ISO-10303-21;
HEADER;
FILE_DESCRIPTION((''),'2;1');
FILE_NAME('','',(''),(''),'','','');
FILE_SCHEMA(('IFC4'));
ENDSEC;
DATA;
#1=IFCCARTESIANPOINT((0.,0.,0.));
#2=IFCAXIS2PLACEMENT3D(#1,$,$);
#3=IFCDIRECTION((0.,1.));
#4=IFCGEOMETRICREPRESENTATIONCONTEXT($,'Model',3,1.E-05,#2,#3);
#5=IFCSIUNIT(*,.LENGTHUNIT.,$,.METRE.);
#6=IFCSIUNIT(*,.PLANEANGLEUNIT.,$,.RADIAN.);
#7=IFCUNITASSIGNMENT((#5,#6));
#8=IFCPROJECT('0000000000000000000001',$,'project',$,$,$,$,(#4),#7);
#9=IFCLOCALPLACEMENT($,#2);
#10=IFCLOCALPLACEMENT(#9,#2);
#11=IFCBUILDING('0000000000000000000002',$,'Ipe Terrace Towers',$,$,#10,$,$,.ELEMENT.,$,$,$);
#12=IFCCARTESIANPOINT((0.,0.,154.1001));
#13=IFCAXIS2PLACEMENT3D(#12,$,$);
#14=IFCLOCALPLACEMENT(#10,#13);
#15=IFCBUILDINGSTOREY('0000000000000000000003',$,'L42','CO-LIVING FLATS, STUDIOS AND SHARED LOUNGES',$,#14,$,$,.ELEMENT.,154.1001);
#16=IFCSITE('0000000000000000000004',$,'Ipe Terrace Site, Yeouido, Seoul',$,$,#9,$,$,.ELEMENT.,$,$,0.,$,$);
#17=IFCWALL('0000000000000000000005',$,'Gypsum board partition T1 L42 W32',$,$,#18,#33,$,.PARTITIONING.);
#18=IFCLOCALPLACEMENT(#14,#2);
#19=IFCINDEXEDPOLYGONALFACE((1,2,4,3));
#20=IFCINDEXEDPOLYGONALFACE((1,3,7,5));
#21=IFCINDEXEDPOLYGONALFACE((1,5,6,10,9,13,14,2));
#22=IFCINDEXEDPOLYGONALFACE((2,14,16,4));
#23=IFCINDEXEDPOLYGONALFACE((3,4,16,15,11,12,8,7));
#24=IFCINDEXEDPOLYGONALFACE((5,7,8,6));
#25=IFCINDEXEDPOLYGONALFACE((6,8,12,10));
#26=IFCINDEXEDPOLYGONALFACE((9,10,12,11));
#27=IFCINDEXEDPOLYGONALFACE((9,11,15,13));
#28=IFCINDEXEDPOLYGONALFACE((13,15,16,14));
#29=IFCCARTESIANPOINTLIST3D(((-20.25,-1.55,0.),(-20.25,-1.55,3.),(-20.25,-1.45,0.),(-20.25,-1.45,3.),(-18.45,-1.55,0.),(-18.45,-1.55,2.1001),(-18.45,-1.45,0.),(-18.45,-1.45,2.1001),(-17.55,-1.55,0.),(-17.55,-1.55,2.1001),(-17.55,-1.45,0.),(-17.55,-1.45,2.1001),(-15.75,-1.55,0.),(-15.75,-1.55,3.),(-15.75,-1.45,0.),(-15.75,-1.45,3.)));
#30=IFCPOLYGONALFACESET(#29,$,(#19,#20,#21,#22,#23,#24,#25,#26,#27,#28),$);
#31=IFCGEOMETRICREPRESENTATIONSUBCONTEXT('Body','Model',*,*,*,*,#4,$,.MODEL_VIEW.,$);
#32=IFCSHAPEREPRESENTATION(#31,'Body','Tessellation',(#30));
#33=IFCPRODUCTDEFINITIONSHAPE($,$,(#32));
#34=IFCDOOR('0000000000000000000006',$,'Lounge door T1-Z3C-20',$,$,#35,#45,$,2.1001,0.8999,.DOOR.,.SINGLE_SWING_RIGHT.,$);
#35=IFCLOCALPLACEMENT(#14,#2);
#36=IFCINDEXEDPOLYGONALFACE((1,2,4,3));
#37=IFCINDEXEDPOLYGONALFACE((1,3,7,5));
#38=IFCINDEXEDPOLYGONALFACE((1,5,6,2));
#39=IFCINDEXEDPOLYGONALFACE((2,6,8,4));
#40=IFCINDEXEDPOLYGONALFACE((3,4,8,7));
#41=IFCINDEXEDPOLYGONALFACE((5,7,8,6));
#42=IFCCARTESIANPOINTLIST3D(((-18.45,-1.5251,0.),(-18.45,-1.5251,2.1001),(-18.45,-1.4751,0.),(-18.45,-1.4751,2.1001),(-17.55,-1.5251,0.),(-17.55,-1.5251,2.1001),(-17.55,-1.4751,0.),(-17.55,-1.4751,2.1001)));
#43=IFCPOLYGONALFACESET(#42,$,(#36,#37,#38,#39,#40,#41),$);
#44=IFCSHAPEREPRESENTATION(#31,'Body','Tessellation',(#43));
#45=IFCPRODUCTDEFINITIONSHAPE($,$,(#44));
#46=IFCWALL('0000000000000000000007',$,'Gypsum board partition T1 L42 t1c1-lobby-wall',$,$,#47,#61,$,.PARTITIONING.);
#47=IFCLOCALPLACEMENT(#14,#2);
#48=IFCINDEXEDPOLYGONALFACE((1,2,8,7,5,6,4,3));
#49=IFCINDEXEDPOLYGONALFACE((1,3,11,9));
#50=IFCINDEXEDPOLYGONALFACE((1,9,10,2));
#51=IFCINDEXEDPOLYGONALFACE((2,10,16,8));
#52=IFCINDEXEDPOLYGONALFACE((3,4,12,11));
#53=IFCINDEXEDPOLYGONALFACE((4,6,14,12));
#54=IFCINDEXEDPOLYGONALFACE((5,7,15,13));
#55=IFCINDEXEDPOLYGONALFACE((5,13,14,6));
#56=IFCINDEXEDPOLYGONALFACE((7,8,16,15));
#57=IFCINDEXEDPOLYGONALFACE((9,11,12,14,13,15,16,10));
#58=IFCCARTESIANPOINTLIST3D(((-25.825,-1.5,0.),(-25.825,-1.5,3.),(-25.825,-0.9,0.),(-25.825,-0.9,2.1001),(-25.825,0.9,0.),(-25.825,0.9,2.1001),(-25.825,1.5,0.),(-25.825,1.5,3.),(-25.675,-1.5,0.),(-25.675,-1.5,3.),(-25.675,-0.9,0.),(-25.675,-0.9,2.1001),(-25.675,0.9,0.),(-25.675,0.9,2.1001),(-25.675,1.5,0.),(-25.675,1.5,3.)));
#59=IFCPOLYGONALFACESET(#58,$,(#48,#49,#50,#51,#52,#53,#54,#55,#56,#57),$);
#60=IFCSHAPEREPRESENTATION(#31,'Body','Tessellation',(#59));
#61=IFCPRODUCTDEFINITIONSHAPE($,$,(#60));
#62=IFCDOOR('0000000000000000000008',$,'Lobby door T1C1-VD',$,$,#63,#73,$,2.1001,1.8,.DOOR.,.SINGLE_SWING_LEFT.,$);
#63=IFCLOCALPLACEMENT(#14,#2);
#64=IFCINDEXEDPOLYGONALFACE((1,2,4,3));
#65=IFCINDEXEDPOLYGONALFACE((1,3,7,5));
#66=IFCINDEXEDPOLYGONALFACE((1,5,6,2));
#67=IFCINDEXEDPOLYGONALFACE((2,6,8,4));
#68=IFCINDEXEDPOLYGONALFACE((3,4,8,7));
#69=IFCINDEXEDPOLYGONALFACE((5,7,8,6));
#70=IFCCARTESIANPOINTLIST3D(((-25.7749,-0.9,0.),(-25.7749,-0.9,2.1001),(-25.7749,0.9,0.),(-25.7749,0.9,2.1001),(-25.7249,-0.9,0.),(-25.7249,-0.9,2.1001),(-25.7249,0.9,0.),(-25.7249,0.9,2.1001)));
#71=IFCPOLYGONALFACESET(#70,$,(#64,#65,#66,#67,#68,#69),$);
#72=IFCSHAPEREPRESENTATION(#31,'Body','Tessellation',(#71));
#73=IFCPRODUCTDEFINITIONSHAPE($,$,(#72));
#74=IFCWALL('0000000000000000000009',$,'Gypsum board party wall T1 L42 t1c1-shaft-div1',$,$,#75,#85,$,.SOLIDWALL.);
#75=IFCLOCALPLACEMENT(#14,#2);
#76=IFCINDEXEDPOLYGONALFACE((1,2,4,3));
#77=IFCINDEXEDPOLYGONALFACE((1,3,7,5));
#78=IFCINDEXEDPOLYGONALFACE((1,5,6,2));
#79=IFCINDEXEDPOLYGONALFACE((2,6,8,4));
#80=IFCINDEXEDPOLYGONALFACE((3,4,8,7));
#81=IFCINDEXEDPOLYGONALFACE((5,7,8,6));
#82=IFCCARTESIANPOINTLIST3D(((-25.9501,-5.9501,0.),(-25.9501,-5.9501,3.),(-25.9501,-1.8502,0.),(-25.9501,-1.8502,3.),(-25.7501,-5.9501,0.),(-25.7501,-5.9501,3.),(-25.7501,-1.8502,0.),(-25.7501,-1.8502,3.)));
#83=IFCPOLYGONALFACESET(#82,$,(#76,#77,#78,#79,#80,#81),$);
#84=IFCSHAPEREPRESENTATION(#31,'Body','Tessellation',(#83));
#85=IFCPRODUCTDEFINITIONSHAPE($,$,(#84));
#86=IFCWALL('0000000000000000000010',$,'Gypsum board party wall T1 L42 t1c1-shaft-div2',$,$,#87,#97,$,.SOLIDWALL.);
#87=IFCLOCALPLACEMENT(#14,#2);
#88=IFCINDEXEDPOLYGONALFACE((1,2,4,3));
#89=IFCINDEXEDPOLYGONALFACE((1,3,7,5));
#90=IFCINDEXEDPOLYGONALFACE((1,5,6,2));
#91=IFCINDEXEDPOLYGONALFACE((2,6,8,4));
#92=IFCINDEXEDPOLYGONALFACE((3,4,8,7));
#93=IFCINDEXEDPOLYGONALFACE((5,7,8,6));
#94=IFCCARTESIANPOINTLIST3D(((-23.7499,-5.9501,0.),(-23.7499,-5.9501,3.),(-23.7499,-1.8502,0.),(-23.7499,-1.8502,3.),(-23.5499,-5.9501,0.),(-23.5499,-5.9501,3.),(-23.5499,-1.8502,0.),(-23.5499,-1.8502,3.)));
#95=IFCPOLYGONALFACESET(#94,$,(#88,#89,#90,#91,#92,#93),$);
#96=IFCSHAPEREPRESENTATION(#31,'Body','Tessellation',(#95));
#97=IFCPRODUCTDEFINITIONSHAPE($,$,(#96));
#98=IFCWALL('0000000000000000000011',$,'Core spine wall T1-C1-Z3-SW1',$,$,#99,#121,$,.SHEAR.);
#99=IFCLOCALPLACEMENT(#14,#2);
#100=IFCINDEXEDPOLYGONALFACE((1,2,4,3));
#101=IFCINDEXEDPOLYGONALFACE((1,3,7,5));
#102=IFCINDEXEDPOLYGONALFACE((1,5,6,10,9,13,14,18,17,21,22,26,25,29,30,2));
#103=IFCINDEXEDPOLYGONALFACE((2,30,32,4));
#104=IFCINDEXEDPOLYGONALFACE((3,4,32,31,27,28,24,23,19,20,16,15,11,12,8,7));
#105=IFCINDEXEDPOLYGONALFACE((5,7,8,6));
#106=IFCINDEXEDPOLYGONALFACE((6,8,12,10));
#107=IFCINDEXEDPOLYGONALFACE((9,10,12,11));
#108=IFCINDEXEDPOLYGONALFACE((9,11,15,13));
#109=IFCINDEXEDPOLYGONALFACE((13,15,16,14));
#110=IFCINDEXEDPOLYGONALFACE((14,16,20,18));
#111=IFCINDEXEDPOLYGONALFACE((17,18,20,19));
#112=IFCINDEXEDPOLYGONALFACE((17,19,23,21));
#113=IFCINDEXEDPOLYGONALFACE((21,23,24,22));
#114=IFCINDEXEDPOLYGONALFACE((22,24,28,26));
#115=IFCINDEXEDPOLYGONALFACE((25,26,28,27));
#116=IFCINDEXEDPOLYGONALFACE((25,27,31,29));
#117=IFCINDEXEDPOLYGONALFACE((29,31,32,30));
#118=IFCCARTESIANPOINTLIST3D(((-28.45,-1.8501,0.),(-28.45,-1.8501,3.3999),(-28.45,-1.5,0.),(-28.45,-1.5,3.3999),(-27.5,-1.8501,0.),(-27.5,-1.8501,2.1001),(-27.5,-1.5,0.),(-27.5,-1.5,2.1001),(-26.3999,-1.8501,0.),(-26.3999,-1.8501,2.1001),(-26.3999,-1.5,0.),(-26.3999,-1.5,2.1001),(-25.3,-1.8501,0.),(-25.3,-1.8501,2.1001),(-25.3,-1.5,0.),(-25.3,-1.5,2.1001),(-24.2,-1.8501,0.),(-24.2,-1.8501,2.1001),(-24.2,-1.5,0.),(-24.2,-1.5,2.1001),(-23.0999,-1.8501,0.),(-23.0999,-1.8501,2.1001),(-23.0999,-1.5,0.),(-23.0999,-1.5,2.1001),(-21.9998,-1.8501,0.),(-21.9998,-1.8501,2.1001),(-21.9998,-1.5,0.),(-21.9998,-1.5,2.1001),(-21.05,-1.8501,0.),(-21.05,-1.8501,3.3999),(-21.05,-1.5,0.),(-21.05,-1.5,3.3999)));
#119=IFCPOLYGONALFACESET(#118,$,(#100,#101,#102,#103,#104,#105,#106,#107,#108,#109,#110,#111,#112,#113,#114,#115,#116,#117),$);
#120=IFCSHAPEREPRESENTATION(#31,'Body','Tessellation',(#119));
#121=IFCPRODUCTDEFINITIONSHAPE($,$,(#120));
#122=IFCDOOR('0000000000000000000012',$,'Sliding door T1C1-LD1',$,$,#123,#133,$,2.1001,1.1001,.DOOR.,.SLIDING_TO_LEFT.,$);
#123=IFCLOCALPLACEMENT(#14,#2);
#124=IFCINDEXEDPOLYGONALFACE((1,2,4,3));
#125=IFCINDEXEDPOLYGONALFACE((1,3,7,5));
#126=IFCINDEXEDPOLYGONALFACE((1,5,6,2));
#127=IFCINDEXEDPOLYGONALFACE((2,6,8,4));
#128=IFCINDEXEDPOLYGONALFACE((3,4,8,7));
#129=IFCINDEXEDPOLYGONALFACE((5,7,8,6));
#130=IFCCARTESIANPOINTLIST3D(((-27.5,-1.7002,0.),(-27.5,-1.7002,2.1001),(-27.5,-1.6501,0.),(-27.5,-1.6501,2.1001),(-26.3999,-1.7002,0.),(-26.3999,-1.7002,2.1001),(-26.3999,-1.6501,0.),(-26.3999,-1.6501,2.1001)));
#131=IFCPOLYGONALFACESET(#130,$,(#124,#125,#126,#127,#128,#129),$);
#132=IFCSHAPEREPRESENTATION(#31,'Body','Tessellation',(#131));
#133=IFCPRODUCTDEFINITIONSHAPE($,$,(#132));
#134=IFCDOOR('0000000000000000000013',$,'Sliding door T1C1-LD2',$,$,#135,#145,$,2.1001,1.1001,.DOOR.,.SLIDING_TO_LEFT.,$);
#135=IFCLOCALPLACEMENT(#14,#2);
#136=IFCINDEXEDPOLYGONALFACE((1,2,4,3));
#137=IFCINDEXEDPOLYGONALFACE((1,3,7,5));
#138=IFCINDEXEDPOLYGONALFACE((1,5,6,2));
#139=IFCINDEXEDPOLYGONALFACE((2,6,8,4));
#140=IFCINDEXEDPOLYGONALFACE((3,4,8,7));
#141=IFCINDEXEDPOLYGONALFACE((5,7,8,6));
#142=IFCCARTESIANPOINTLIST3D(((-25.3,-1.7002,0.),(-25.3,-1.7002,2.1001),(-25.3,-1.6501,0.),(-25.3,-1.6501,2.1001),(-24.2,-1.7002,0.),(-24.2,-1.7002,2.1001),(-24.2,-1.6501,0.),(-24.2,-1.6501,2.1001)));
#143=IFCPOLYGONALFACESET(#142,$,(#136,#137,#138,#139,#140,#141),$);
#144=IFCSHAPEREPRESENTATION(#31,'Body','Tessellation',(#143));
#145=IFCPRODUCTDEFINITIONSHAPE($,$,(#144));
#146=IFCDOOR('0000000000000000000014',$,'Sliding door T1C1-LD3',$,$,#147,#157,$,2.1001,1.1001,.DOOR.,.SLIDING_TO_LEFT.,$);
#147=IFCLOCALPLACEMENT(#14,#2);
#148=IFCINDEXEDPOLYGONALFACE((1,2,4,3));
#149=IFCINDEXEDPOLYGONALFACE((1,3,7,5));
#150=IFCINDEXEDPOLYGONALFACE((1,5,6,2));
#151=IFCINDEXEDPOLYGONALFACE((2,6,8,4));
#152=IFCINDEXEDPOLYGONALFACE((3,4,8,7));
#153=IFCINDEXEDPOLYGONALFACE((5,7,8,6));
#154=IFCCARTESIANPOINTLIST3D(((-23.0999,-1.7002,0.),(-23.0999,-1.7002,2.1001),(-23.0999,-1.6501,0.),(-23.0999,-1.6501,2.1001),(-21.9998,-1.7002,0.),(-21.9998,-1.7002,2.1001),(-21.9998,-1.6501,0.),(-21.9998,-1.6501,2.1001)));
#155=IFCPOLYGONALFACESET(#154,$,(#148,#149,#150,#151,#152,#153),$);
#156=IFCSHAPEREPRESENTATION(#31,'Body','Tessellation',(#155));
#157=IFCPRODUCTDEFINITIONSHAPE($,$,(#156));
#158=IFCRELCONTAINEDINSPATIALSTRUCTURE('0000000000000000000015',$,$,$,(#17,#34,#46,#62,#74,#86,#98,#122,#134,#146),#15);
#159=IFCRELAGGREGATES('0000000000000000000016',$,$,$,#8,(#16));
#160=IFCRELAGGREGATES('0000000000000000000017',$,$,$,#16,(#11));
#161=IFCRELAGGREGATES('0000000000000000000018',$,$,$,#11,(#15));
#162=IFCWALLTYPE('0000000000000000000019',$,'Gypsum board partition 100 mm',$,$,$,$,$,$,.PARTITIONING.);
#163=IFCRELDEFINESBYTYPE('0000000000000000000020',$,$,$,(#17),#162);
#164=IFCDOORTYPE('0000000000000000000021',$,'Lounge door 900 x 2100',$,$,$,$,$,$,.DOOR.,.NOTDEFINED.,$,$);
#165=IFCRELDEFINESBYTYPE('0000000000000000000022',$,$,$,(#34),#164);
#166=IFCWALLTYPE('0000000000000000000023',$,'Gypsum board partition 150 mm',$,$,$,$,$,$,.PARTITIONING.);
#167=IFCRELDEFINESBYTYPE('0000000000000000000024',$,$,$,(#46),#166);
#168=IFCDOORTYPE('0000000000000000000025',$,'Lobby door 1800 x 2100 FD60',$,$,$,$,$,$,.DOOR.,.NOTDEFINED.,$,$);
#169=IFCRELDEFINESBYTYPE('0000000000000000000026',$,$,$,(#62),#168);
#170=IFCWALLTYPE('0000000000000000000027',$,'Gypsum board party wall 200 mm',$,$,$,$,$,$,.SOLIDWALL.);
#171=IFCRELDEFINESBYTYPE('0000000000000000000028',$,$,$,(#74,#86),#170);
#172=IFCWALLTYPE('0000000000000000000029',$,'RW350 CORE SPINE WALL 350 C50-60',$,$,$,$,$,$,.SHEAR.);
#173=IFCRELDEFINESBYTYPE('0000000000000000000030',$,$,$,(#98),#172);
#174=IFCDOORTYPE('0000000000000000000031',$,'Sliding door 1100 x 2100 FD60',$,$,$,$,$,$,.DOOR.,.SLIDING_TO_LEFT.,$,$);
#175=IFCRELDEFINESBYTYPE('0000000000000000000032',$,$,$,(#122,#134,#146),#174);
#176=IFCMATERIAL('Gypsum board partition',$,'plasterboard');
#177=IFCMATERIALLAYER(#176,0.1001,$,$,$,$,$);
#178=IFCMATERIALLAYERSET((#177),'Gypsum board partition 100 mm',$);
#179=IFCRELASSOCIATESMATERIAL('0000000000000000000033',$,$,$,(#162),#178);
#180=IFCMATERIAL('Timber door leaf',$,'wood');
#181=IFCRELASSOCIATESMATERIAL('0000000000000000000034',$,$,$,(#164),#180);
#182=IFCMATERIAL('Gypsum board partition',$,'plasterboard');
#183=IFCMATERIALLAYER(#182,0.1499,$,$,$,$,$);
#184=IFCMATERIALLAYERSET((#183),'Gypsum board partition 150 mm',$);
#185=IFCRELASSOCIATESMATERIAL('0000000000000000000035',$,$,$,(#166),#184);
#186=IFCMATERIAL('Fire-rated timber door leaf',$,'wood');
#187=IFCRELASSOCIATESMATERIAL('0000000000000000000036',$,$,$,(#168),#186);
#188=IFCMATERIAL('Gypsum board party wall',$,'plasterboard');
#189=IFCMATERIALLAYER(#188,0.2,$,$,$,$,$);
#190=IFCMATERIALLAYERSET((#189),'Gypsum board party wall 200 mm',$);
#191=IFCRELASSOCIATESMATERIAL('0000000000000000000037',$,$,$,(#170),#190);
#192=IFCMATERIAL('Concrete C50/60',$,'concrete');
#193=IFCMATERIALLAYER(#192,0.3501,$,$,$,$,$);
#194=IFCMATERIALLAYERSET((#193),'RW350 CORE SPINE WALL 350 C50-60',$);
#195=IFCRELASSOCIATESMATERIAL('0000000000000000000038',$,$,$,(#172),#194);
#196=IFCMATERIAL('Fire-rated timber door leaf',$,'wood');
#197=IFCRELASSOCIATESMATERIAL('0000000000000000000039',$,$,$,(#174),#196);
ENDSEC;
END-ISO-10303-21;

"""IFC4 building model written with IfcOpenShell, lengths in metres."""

from ifc_helpers import new_model, si_unit, direction, frame, frame_2d, origin, place, context, subcontext, project, spatial, rectangle, extrude, material, layer, layer_set, type_object, element, fill, save


model = new_model("IFC4")

# Units and contexts
model_context = context("Model", 3, precision=1e-05, world=origin(), true_north=direction((0.0, 1.0)))
body_context = subcontext(model_context, "Body", "Model", "MODEL_VIEW")
ifc_project = project(units=[si_unit("LENGTHUNIT", "METRE"), si_unit("PLANEANGLEUNIT", "RADIAN")], contexts=[model_context])

# Site, building, storey
site_placement = place(None, origin())
site = spatial("IfcSite", under=ifc_project, at=site_placement, Name="Ipe Terrace Site, Yeouido, Seoul", CompositionType="ELEMENT", RefElevation=0.0)
building_placement = place(site_placement, origin())
building = spatial("IfcBuilding", under=site, at=building_placement, Name="Ipe Terrace Towers", CompositionType="ELEMENT")
storey_placement = place(building_placement, frame((0.0, 0.0, 154.1001)))
storey = spatial("IfcBuildingStorey", under=building, at=storey_placement, Name="L42", Description="CO-LIVING FLATS, STUDIOS AND SHARED LOUNGES", CompositionType="ELEMENT", Elevation=154.1001)

# Shared definitions
ifc_material_1 = material(Name="Gypsum board partition", Category="plasterboard")
ifc_layer_1 = layer(ifc_material_1, 0.1001)
ifc_layer_set_1 = layer_set([ifc_layer_1], Name="Gypsum board partition 100 mm")
wall_type_1 = type_object("IfcWallType", Name="Gypsum board partition 100 mm", PredefinedType="PARTITIONING", material=ifc_layer_set_1)
ifc_material_2 = material(Name="Timber door leaf", Category="wood")
door_type_1 = type_object("IfcDoorType", Name="Lounge door 900 x 2100", OperationType="NOTDEFINED", PredefinedType="DOOR", material=ifc_material_2)

# Walls, openings, doors
wall_1_placement = place(storey_placement, frame((-20.25, -1.5, 0.0), z_axis=(0.0, 0.0, 1.0), x_axis=(1.0, 0.0, 0.0)))
wall_1 = element("IfcWall", 1, at=wall_1_placement, inside=storey, type_object=wall_type_1, Name="Gypsum board partition T1 L42 W32", PredefinedType="PARTITIONING", context=body_context, shape_type="SweptSolid", body=[
    extrude(rectangle(XDim=4.5, YDim=0.1001, at=frame_2d((2.25, 0.0))), origin(), (0.0, 0.0, 1.0), 3.0),
])
opening_1_placement = place(wall_1_placement, frame((1.8, 0.0, 0.0)))
opening_1 = element("IfcOpeningElement", 2, at=opening_1_placement, cuts=wall_1, PredefinedType="OPENING", context=body_context, shape_type="SweptSolid", body=[
    extrude(rectangle(XDim=0.8999, YDim=2.1001, at=frame_2d((0.45, 1.05))), frame((0.0, 0.0601, 0.0), z_axis=(0.0, -1.0, 0.0), x_axis=(1.0, 0.0, 0.0)), (0.0, 0.0, 1.0), 0.1201),
])
door_1_placement = place(opening_1_placement, origin())
door_1 = element("IfcDoor", 3, at=door_1_placement, inside=storey, type_object=door_type_1, Name="Lounge door T1-Z3C-20", OperationType="SINGLE_SWING_RIGHT", OverallHeight=2.1001, OverallWidth=0.8999, PredefinedType="DOOR", context=body_context, shape_type="SweptSolid", body=[
    extrude(rectangle(XDim=0.8999, YDim=2.1001, at=frame_2d((0.45, 1.05))), frame((0.0, 0.0249, 0.0), z_axis=(0.0, -1.0, 0.0), x_axis=(1.0, 0.0, 0.0)), (0.0, 0.0, 1.0), 0.05),
])
fill(opening_1, door_1)
ifc_material_3 = material(Name="Gypsum board partition", Category="plasterboard")
ifc_layer_2 = layer(ifc_material_3, 0.1499)
ifc_layer_set_2 = layer_set([ifc_layer_2], Name="Gypsum board partition 150 mm")
wall_type_2 = type_object("IfcWallType", Name="Gypsum board partition 150 mm", PredefinedType="PARTITIONING", material=ifc_layer_set_2)
wall_2_placement = place(storey_placement, frame((-25.75, -1.5, 0.0), z_axis=(0.0, 0.0, 1.0), x_axis=(0.0, 1.0, 0.0)))
wall_2 = element("IfcWall", 4, at=wall_2_placement, inside=storey, type_object=wall_type_2, Name="Gypsum board partition T1 L42 t1c1-lobby-wall", PredefinedType="PARTITIONING", context=body_context, shape_type="SweptSolid", body=[
    extrude(rectangle(XDim=3.0, YDim=0.1499, at=frame_2d((1.5, 0.0))), origin(), (0.0, 0.0, 1.0), 3.0),
])
opening_2_placement = place(wall_2_placement, frame((0.6001, 0.0, 0.0)))
opening_2 = element("IfcOpeningElement", 5, at=opening_2_placement, cuts=wall_2, PredefinedType="OPENING", context=body_context, shape_type="SweptSolid", body=[
    extrude(rectangle(XDim=1.8, YDim=2.1001, at=frame_2d((0.8999, 1.05))), frame((0.0, 0.085, 0.0), z_axis=(0.0, -1.0, 0.0), x_axis=(1.0, 0.0, 0.0)), (0.0, 0.0, 1.0), 0.1699),
])
ifc_material_4 = material(Name="Fire-rated timber door leaf", Category="wood")
door_type_2 = type_object("IfcDoorType", Name="Lobby door 1800 x 2100 FD60", OperationType="NOTDEFINED", PredefinedType="DOOR", material=ifc_material_4)
door_2_placement = place(opening_2_placement, origin())
door_2 = element("IfcDoor", 6, at=door_2_placement, inside=storey, type_object=door_type_2, Name="Lobby door T1C1-VD", OperationType="SINGLE_SWING_LEFT", OverallHeight=2.1001, OverallWidth=1.8, PredefinedType="DOOR", context=body_context, shape_type="SweptSolid", body=[
    extrude(rectangle(XDim=1.8, YDim=2.1001, at=frame_2d((0.8999, 1.05))), frame((0.0, 0.0249, 0.0), z_axis=(0.0, -1.0, 0.0), x_axis=(1.0, 0.0, 0.0)), (0.0, 0.0, 1.0), 0.05),
])
fill(opening_2, door_2)

# Walls
ifc_material_5 = material(Name="Gypsum board party wall", Category="plasterboard")
ifc_layer_3 = layer(ifc_material_5, 0.2)
ifc_layer_set_3 = layer_set([ifc_layer_3], Name="Gypsum board party wall 200 mm")
wall_type_3 = type_object("IfcWallType", Name="Gypsum board party wall 200 mm", PredefinedType="SOLIDWALL", material=ifc_layer_set_3)
for number, where, z_axis, x_axis, name in (
    (7, (-25.8501, -5.95, 0.0), (0.0, 0.0, 1.0), (0.0, 1.0, 0.0), "Gypsum board party wall T1 L42 t1c1-shaft-div1"),
    (8, (-23.6499, -5.95, 0.0), (0.0, 0.0, 1.0), (0.0, 1.0, 0.0), "Gypsum board party wall T1 L42 t1c1-shaft-div2"),
):
    element("IfcWall", number, at=place(storey_placement, frame(where, z_axis=z_axis, x_axis=x_axis)), inside=storey, type_object=wall_type_3, Name=name, PredefinedType="SOLIDWALL", context=body_context, shape_type="SweptSolid", body=[
        extrude(rectangle(XDim=4.0999, YDim=0.2, at=frame_2d((2.0498, 0.0))), origin(), (0.0, 0.0, 1.0), 3.0),
    ])

# Wall, openings, doors
ifc_material_6 = material(Name="Concrete C50/60", Category="concrete")
ifc_layer_4 = layer(ifc_material_6, 0.3501)
ifc_layer_set_4 = layer_set([ifc_layer_4], Name="RW350 CORE SPINE WALL 350 C50-60")
wall_type_4 = type_object("IfcWallType", Name="RW350 CORE SPINE WALL 350 C50-60", PredefinedType="SHEAR", material=ifc_layer_set_4)
wall_3_placement = place(storey_placement, frame((-28.45, -1.675, 0.0), z_axis=(0.0, 0.0, 1.0), x_axis=(1.0, 0.0, 0.0)))
wall_3 = element("IfcWall", 9, at=wall_3_placement, inside=storey, type_object=wall_type_4, Name="Core spine wall T1-C1-Z3-SW1", PredefinedType="SHEAR", context=body_context, shape_type="SweptSolid", body=[
    extrude(rectangle(XDim=7.3999, YDim=0.3501, at=frame_2d((3.7, 0.0))), origin(), (0.0, 0.0, 1.0), 3.3999),
])
opening_3_placement = place(wall_3_placement, frame((0.95, 0.0, 0.0)))
opening_3 = element("IfcOpeningElement", 10, at=opening_3_placement, cuts=wall_3, PredefinedType="OPENING", context=body_context, shape_type="SweptSolid", body=[
    extrude(rectangle(XDim=1.1001, YDim=2.1001, at=frame_2d((0.55, 1.05))), frame((0.0, 0.1851, 0.0), z_axis=(0.0, -1.0, 0.0), x_axis=(1.0, 0.0, 0.0)), (0.0, 0.0, 1.0), 0.3701),
])
opening_4_placement = place(wall_3_placement, frame((3.1499, 0.0, 0.0)))
opening_4 = element("IfcOpeningElement", 11, at=opening_4_placement, cuts=wall_3, PredefinedType="OPENING", context=body_context, shape_type="SweptSolid", body=[
    extrude(rectangle(XDim=1.1001, YDim=2.1001, at=frame_2d((0.55, 1.05))), frame((0.0, 0.1851, 0.0), z_axis=(0.0, -1.0, 0.0), x_axis=(1.0, 0.0, 0.0)), (0.0, 0.0, 1.0), 0.3701),
])
opening_5_placement = place(wall_3_placement, frame((5.3501, 0.0, 0.0)))
opening_5 = element("IfcOpeningElement", 12, at=opening_5_placement, cuts=wall_3, PredefinedType="OPENING", context=body_context, shape_type="SweptSolid", body=[
    extrude(rectangle(XDim=1.1001, YDim=2.1001, at=frame_2d((0.55, 1.05))), frame((0.0, 0.1851, 0.0), z_axis=(0.0, -1.0, 0.0), x_axis=(1.0, 0.0, 0.0)), (0.0, 0.0, 1.0), 0.3701),
])
ifc_material_7 = material(Name="Fire-rated timber door leaf", Category="wood")
door_type_3 = type_object("IfcDoorType", Name="Sliding door 1100 x 2100 FD60", OperationType="SLIDING_TO_LEFT", PredefinedType="DOOR", material=ifc_material_7)
door_3_placement = place(opening_3_placement, origin())
door_3 = element("IfcDoor", 13, at=door_3_placement, inside=storey, type_object=door_type_3, Name="Sliding door T1C1-LD1", OperationType="SLIDING_TO_LEFT", OverallHeight=2.1001, OverallWidth=1.1001, PredefinedType="DOOR", context=body_context, shape_type="SweptSolid", body=[
    extrude(rectangle(XDim=1.1001, YDim=2.1001, at=frame_2d((0.55, 1.05))), frame((0.0, 0.0249, 0.0), z_axis=(0.0, -1.0, 0.0), x_axis=(1.0, 0.0, 0.0)), (0.0, 0.0, 1.0), 0.05),
])
fill(opening_3, door_3)
door_4_placement = place(opening_4_placement, origin())
door_4 = element("IfcDoor", 14, at=door_4_placement, inside=storey, type_object=door_type_3, Name="Sliding door T1C1-LD2", OperationType="SLIDING_TO_LEFT", OverallHeight=2.1001, OverallWidth=1.1001, PredefinedType="DOOR", context=body_context, shape_type="SweptSolid", body=[
    extrude(rectangle(XDim=1.1001, YDim=2.1001, at=frame_2d((0.55, 1.05))), frame((0.0, 0.0249, 0.0), z_axis=(0.0, -1.0, 0.0), x_axis=(1.0, 0.0, 0.0)), (0.0, 0.0, 1.0), 0.05),
])
fill(opening_4, door_4)
door_5_placement = place(opening_5_placement, origin())
door_5 = element("IfcDoor", 15, at=door_5_placement, inside=storey, type_object=door_type_3, Name="Sliding door T1C1-LD3", OperationType="SLIDING_TO_LEFT", OverallHeight=2.1001, OverallWidth=1.1001, PredefinedType="DOOR", context=body_context, shape_type="SweptSolid", body=[
    extrude(rectangle(XDim=1.1001, YDim=2.1001, at=frame_2d((0.55, 1.05))), frame((0.0, 0.0249, 0.0), z_axis=(0.0, -1.0, 0.0), x_axis=(1.0, 0.0, 0.0)), (0.0, 0.0, 1.0), 0.05),
])
fill(opening_5, door_5)

save(model, "model.ifc")
